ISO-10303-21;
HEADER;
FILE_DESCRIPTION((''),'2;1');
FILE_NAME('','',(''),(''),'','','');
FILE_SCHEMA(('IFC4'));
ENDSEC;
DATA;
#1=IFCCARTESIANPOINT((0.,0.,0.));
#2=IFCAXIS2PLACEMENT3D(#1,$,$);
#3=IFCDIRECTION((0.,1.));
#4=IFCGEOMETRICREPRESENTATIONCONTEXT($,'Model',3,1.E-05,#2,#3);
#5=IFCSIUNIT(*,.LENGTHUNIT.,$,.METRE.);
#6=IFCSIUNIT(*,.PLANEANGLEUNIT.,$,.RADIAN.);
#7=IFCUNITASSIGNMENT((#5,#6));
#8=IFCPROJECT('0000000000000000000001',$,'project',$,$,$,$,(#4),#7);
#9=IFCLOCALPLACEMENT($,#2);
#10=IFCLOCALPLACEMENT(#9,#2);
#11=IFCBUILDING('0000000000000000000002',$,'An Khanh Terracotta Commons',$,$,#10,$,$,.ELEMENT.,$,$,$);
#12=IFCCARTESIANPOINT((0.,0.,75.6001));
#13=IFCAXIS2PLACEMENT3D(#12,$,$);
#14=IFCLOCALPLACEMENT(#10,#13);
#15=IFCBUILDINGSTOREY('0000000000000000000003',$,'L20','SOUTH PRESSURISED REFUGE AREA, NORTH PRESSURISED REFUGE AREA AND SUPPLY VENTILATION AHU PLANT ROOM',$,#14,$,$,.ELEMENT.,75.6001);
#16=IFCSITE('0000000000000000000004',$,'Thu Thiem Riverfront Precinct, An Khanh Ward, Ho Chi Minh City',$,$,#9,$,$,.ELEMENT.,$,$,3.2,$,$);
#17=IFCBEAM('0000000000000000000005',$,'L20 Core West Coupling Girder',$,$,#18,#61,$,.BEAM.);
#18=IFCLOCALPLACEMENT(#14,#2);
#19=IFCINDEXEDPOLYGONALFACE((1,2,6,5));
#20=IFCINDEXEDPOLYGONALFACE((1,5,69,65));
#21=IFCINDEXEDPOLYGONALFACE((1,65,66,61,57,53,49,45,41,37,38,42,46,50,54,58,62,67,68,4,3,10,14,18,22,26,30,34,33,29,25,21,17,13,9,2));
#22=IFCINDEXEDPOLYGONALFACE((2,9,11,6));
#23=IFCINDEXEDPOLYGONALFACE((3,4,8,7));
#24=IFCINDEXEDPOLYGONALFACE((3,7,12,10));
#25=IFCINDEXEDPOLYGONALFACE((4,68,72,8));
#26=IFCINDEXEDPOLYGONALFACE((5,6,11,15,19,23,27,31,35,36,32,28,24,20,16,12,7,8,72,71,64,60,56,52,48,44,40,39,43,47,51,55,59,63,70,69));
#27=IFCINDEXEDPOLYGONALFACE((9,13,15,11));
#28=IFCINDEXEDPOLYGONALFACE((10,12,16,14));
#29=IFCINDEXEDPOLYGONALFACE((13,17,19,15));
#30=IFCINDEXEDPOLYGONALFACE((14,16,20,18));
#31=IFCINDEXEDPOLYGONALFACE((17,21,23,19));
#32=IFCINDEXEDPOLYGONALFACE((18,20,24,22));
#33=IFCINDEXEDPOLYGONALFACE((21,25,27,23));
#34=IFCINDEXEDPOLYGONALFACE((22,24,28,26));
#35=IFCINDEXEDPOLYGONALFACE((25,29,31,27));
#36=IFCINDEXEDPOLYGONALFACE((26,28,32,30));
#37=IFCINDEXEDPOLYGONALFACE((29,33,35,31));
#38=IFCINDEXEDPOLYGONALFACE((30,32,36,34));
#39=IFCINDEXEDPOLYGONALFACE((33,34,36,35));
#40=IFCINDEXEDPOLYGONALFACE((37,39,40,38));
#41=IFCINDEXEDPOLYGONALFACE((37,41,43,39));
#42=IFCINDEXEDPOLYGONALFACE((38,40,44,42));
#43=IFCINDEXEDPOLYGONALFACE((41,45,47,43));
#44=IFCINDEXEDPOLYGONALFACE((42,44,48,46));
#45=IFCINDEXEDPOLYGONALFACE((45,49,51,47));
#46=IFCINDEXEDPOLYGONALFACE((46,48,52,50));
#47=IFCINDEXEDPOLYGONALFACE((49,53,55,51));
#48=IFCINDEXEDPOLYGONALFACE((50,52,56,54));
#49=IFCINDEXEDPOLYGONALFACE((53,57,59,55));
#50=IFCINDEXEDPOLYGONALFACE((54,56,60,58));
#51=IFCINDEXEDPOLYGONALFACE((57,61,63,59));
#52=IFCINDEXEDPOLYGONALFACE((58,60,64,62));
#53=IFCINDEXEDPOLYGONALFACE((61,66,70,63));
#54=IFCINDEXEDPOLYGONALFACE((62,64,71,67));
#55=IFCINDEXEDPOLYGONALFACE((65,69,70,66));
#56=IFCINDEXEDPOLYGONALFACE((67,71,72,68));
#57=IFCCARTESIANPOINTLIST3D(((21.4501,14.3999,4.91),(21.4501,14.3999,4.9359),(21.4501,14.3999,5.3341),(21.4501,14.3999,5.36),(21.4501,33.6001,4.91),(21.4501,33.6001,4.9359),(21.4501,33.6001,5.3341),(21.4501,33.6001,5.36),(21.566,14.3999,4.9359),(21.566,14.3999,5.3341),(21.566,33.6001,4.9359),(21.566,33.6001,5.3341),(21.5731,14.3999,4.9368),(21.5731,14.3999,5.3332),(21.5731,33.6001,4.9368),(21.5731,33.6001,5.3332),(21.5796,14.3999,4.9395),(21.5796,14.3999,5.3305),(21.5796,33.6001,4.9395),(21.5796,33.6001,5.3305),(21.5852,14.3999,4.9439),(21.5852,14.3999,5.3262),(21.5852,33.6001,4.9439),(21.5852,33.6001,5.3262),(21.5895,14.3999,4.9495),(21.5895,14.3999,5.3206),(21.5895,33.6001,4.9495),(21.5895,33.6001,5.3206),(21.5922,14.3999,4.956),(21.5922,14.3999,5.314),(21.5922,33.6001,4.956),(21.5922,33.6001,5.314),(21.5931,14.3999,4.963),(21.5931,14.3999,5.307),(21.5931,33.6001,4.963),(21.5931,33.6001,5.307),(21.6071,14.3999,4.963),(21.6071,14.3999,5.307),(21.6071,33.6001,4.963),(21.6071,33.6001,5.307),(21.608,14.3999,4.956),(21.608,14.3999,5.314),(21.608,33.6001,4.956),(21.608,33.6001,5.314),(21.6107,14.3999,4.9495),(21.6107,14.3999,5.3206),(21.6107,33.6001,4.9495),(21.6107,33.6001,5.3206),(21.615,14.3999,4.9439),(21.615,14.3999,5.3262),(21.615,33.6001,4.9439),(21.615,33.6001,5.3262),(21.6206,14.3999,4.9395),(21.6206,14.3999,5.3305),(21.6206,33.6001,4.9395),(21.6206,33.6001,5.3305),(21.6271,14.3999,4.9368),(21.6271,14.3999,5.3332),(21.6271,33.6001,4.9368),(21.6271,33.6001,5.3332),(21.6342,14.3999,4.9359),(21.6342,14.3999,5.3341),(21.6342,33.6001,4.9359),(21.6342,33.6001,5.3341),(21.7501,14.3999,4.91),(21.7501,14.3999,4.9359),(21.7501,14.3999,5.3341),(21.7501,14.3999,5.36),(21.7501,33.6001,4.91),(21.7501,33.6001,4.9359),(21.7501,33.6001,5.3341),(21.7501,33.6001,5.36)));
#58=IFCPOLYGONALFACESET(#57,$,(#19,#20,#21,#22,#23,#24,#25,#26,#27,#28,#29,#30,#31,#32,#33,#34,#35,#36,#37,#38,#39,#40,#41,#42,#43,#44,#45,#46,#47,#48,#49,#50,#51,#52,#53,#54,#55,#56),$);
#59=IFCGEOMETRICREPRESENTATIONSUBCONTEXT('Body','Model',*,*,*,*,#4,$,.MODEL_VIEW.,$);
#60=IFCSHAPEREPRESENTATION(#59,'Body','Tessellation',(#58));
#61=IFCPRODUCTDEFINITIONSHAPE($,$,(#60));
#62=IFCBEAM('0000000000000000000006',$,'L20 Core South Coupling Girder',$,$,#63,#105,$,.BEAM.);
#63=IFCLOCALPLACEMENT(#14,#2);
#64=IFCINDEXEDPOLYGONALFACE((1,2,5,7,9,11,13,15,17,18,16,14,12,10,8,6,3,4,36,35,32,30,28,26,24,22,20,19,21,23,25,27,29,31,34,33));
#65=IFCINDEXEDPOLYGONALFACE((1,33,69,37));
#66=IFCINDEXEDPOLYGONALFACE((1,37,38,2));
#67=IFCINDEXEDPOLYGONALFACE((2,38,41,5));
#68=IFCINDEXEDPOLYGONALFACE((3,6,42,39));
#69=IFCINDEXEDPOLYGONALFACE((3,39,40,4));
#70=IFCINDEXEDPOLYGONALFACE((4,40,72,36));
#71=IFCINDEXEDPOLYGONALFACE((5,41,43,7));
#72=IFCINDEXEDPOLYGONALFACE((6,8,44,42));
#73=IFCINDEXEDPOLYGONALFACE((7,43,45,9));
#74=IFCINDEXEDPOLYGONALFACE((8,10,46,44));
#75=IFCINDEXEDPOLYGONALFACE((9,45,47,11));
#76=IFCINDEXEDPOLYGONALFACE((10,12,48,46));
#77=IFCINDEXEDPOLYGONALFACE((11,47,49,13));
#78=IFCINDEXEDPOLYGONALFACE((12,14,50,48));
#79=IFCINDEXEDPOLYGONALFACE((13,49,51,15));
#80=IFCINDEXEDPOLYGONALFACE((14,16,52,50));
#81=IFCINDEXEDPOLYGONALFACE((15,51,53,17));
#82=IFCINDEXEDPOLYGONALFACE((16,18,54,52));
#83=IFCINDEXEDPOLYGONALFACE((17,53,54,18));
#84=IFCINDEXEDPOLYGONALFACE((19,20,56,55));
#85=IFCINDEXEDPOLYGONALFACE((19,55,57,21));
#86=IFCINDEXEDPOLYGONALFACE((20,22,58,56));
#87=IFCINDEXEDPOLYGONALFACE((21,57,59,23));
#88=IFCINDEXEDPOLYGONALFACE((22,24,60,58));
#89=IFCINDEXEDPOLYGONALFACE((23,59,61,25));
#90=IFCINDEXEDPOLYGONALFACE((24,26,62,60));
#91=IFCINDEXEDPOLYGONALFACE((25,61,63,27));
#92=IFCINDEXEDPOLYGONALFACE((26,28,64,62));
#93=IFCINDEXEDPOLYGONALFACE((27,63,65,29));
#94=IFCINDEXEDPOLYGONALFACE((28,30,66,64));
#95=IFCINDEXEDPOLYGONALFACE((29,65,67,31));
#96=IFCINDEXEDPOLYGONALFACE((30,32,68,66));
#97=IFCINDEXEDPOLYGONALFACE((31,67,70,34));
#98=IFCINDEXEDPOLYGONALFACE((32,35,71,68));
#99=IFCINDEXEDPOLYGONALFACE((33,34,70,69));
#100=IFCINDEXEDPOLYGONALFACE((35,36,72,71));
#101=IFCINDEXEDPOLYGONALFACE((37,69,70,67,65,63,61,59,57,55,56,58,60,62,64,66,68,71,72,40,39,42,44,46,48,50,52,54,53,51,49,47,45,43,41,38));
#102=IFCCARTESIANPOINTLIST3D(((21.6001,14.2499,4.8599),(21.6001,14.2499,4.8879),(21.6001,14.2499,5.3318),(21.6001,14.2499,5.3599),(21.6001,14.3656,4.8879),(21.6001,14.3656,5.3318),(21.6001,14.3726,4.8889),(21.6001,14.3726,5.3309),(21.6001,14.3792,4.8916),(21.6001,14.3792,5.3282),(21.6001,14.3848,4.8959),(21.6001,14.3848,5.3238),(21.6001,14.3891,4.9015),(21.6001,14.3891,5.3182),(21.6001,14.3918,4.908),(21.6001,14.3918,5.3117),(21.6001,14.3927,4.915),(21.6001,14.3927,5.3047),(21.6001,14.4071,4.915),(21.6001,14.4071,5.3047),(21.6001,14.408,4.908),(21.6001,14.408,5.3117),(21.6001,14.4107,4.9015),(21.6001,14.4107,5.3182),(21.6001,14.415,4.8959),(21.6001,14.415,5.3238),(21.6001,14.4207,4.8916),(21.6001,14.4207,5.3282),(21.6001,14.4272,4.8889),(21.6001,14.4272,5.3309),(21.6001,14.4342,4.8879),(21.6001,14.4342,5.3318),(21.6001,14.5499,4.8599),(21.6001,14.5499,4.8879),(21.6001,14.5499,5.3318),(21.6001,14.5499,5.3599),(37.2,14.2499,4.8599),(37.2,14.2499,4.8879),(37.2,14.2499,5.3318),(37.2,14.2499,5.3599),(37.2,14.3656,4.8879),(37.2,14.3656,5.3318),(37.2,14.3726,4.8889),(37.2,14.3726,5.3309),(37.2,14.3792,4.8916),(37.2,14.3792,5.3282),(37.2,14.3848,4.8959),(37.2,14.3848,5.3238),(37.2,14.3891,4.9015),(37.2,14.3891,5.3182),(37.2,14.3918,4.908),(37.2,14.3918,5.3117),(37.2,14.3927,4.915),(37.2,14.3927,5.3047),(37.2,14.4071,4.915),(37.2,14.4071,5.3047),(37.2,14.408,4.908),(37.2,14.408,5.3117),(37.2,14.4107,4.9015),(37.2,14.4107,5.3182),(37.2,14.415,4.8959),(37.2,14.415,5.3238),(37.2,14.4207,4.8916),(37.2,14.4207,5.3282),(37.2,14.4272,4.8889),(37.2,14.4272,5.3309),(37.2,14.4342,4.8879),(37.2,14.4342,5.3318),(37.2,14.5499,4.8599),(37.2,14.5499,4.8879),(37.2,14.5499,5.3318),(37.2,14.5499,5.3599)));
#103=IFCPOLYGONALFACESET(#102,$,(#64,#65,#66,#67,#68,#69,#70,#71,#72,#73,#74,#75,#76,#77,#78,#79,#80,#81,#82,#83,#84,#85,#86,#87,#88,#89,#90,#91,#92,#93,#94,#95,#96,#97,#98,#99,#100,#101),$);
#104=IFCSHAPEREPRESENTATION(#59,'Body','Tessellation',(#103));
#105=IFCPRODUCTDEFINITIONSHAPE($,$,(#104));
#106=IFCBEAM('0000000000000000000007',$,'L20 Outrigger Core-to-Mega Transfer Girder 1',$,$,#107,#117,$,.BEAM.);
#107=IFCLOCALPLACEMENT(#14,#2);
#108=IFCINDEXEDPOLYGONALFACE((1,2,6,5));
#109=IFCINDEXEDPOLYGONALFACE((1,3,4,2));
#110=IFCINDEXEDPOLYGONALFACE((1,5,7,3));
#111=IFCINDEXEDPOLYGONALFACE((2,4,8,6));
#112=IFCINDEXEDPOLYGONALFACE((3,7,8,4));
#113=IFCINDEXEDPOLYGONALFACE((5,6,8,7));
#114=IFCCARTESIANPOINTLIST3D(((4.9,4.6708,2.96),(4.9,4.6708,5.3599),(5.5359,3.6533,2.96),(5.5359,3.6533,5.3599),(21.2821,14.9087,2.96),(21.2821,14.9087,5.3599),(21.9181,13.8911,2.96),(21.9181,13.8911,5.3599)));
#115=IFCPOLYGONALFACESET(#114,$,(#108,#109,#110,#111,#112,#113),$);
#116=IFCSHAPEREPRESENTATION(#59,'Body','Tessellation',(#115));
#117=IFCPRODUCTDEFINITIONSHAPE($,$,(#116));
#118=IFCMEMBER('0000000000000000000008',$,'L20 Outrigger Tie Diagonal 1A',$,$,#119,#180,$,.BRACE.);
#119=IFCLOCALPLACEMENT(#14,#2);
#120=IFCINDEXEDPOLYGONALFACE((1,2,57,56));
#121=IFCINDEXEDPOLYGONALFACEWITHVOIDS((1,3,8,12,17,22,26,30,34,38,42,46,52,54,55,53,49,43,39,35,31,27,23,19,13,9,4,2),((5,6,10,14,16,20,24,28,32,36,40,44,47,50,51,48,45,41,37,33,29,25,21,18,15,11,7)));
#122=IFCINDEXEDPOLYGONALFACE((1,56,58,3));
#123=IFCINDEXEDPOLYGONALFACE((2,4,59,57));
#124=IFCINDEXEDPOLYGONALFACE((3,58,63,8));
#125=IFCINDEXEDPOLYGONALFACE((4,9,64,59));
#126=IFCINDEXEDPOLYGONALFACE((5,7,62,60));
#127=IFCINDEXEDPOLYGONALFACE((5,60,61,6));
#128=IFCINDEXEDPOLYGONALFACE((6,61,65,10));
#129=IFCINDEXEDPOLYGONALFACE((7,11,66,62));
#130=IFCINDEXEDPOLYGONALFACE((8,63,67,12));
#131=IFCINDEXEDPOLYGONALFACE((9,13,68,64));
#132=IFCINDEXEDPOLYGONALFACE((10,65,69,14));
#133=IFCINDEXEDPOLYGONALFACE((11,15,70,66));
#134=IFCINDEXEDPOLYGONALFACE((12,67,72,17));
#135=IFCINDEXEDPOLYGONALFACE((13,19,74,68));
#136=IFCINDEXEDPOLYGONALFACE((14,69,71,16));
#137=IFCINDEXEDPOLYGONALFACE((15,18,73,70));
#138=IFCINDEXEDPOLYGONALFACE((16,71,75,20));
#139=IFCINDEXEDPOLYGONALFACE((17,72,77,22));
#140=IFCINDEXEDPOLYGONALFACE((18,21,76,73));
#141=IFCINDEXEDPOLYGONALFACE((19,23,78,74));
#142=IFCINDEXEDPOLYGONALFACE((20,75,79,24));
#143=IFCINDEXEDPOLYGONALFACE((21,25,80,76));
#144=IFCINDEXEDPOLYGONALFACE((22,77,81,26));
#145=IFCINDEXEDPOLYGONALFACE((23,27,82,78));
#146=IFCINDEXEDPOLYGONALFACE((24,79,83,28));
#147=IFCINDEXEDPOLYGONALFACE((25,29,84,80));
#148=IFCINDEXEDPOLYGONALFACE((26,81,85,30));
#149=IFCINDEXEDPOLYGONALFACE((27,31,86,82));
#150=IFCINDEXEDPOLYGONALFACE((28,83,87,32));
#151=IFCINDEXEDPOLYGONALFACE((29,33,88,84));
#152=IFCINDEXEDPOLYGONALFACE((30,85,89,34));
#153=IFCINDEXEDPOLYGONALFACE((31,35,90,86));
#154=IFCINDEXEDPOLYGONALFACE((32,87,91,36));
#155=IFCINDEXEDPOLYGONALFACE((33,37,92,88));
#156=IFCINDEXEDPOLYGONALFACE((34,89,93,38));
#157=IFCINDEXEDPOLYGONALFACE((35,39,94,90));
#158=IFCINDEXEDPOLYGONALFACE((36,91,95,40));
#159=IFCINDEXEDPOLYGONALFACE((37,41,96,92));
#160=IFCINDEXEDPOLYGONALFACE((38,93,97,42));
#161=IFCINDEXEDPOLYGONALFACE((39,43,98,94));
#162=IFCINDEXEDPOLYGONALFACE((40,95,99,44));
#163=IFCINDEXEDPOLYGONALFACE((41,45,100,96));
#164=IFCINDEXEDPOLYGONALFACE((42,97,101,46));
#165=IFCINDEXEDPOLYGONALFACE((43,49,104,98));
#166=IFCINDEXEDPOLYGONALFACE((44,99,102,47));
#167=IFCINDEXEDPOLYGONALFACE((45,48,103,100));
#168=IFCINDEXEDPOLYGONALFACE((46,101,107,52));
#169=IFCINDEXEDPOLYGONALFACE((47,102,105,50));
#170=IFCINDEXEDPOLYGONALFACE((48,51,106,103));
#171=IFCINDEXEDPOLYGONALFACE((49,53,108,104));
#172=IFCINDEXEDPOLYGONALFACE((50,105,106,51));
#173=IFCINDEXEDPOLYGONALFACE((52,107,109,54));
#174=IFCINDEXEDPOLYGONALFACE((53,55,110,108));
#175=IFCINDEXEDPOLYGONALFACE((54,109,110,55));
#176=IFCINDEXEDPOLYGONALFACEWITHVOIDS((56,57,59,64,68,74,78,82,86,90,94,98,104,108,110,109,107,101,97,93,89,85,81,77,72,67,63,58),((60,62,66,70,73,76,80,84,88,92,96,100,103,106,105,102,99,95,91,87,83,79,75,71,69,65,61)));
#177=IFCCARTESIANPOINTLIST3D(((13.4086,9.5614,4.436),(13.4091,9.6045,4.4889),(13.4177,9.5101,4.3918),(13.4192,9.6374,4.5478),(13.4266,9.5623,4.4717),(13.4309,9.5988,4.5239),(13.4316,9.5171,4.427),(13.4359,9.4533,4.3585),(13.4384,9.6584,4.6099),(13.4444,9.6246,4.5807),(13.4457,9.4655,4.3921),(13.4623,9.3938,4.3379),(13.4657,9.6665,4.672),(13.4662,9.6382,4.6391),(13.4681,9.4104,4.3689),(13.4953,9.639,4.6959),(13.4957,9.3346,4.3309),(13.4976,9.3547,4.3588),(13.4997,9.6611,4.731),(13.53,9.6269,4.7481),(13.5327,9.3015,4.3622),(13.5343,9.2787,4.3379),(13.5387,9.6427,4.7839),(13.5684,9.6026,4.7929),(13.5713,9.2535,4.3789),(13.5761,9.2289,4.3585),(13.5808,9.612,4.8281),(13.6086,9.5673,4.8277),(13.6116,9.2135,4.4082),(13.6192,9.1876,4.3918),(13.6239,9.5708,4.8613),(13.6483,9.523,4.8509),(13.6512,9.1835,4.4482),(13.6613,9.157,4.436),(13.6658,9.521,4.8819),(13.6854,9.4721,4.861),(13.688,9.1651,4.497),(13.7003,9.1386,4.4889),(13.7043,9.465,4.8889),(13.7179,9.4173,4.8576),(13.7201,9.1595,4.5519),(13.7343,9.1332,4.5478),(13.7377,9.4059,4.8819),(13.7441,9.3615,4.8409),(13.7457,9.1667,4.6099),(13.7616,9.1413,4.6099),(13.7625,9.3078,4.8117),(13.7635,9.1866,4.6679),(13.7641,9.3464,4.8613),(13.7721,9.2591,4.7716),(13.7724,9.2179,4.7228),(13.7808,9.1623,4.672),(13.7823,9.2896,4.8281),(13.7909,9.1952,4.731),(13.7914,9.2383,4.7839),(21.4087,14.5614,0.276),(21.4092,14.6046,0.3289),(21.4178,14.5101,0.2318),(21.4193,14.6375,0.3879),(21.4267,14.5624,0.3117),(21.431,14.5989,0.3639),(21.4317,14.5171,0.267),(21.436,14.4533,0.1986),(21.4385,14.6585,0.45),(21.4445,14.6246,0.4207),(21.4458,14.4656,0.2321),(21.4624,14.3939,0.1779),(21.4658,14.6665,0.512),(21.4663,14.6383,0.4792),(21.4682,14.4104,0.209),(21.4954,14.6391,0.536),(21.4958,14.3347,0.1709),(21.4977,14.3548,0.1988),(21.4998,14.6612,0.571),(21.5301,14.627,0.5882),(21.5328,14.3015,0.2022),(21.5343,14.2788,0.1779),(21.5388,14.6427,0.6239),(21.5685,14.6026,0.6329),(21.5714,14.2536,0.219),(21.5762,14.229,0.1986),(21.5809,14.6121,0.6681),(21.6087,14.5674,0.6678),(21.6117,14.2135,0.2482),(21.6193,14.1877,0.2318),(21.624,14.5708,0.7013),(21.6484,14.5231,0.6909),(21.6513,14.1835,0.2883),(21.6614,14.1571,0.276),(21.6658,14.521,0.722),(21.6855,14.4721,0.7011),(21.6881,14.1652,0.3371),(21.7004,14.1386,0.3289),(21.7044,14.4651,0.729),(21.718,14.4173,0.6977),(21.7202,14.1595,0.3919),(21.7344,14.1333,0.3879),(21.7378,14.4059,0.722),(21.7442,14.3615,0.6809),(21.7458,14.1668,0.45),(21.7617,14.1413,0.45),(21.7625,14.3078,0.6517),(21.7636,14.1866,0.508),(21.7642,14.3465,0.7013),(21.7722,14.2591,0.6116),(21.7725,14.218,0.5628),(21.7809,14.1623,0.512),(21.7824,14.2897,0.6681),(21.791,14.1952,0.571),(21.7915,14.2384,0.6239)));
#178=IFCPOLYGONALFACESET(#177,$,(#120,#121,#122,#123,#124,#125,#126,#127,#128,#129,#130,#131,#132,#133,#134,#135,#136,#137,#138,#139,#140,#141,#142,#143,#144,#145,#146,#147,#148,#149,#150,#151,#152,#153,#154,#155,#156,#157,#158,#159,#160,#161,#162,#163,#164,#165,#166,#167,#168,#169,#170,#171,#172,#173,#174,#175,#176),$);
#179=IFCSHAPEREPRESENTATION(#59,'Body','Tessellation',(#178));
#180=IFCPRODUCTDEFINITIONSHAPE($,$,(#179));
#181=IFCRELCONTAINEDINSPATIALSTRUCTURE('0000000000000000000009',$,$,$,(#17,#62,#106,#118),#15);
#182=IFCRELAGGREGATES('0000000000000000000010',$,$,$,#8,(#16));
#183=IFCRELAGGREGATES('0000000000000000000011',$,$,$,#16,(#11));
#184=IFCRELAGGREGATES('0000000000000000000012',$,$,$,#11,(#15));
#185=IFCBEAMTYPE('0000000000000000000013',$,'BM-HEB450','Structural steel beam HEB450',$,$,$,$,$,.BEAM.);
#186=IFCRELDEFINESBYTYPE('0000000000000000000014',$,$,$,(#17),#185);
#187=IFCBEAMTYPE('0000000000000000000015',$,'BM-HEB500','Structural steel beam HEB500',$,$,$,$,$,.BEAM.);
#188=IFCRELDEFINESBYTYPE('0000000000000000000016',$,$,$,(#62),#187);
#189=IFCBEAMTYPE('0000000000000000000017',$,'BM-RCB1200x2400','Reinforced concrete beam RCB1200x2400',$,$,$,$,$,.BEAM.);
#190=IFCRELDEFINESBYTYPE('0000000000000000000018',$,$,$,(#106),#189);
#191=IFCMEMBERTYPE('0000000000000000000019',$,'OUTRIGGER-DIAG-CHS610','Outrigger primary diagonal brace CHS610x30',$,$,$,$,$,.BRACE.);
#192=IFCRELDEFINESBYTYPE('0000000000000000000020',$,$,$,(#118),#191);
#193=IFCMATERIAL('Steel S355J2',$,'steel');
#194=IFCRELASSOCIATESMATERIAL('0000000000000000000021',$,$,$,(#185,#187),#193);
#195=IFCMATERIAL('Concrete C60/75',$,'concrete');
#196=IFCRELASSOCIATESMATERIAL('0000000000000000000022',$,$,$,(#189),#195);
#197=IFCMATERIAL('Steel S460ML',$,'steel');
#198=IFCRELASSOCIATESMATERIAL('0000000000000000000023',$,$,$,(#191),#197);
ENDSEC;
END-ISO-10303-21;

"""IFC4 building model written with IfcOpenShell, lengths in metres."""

from ifc_helpers import new_model, si_unit, direction, frame, origin, origin_2d, place, context, subcontext, project, spatial, rectangle, hollow_circle, i_section, extrude, material, material_profile, profile_set, type_object, element, save


model = new_model("IFC4")

# Units and contexts
model_context = context("Model", 3, precision=1e-05, world=origin(), true_north=direction((0.0, 1.0)))
body_context = subcontext(model_context, "Body", "Model", "MODEL_VIEW")
ifc_project = project(units=[si_unit("LENGTHUNIT", "METRE"), si_unit("PLANEANGLEUNIT", "RADIAN")], contexts=[model_context])

# Site, building, storey
site_placement = place(None, origin())
site = spatial("IfcSite", under=ifc_project, at=site_placement, Name="Thu Thiem Riverfront Precinct, An Khanh Ward, Ho Chi Minh City", CompositionType="ELEMENT", RefElevation=3.2)
building_placement = place(site_placement, origin())
building = spatial("IfcBuilding", under=site, at=building_placement, Name="An Khanh Terracotta Commons", CompositionType="ELEMENT")
storey_placement = place(building_placement, frame((0.0, 0.0, 75.6001)))
storey = spatial("IfcBuildingStorey", under=building, at=storey_placement, Name="L20", Description="SOUTH PRESSURISED REFUGE AREA, NORTH PRESSURISED REFUGE AREA AND SUPPLY VENTILATION AHU PLANT ROOM", CompositionType="ELEMENT", Elevation=75.6001)

# Shared definitions
ifc_material_1 = material(Name="Steel S460ML", Category="steel")

# Beams
ifc_material_2 = material(Name="Steel S355J2", Category="steel")
ifc_material_profile_1 = material_profile(ifc_material_2, i_section(OverallWidth=0.3, OverallDepth=0.45, WebThickness=0.0139, FlangeThickness=0.0259, FilletRadius=0.0271, at=origin_2d()), Name="HEB450")
ifc_profile_set_1 = profile_set([ifc_material_profile_1], Name="Steel S355J2")
beam_type_1 = type_object("IfcBeamType", Name="BM-HEB450", Description="Structural steel beam HEB450", PredefinedType="BEAM", material=ifc_profile_set_1)
beam_1_placement = place(storey_placement, frame((21.6001, 14.3999, 5.135), z_axis=(0.0, 1.0, 0.0), x_axis=(-1.0, 0.0, 0.0)))
element("IfcBeam", 1, at=beam_1_placement, inside=storey, type_object=beam_type_1, Name="L20 Core West Coupling Girder", PredefinedType="BEAM", context=body_context, shape_type="SweptSolid", body=[
    extrude(i_section(OverallWidth=0.3, OverallDepth=0.45, WebThickness=0.0139, FlangeThickness=0.0259, FilletRadius=0.0271, at=origin_2d()), origin(), (0.0, 0.0, 1.0), 19.2002),
])
ifc_material_profile_2 = material_profile(ifc_material_2, i_section(OverallWidth=0.3, OverallDepth=0.5, WebThickness=0.0144, FlangeThickness=0.0281, FilletRadius=0.0271, at=origin_2d()), Name="HEB500")
ifc_profile_set_2 = profile_set([ifc_material_profile_2], Name="Steel S355J2")
beam_type_2 = type_object("IfcBeamType", Name="BM-HEB500", Description="Structural steel beam HEB500", PredefinedType="BEAM", material=ifc_profile_set_2)
beam_2_placement = place(storey_placement, frame((21.6001, 14.3999, 5.1099), z_axis=(1.0, 0.0, 0.0), x_axis=(0.0, 1.0, 0.0)))
element("IfcBeam", 2, at=beam_2_placement, inside=storey, type_object=beam_type_2, Name="L20 Core South Coupling Girder", PredefinedType="BEAM", context=body_context, shape_type="SweptSolid", body=[
    extrude(i_section(OverallWidth=0.3, OverallDepth=0.5, WebThickness=0.0144, FlangeThickness=0.0281, FilletRadius=0.0271, at=origin_2d()), origin(), (0.0, 0.0, 1.0), 15.5999),
])
ifc_material_3 = material(Name="Concrete C60/75", Category="concrete")
ifc_material_profile_3 = material_profile(ifc_material_3, rectangle(XDim=1.2, YDim=2.3999, at=origin_2d()), Name="RCB1200x2400")
ifc_profile_set_3 = profile_set([ifc_material_profile_3], Name="Concrete C60/75")
beam_type_3 = type_object("IfcBeamType", Name="BM-RCB1200x2400", Description="Reinforced concrete beam RCB1200x2400", PredefinedType="BEAM", material=ifc_profile_set_3)
beam_3_placement = place(storey_placement, frame((21.6001, 14.3999, 4.1599), z_axis=(-0.848022, -0.529961, 0.0), x_axis=(0.529961, -0.848022, 0.0)))
element("IfcBeam", 3, at=beam_3_placement, inside=storey, type_object=beam_type_3, Name="L20 Outrigger Core-to-Mega Transfer Girder 1", PredefinedType="BEAM", context=body_context, shape_type="SweptSolid", body=[
    extrude(rectangle(XDim=1.2, YDim=2.3999, at=origin_2d()), origin(), (0.0, 0.0, 1.0), 19.3181),
])

# Member
ifc_material_profile_4 = material_profile(ifc_material_1, hollow_circle(Radius=0.3049, WallThickness=0.03, at=origin_2d()), Name="CHS610x30")
ifc_profile_set_4 = profile_set([ifc_material_profile_4], Name="Steel S460ML")
member_type_1 = type_object("IfcMemberType", Name="OUTRIGGER-DIAG-CHS610", Description="Outrigger primary diagonal brace CHS610x30", PredefinedType="BRACE", material=ifc_profile_set_4)
for number, where, z_axis, x_axis, name in (
    (4, (21.6001, 14.3999, 0.45), (-0.775914, -0.484946, 0.403467), (0.529999, -0.847998, 0.0), "L20 Outrigger Tie Diagonal 1A"),
):
    element("IfcMember", number, at=place(storey_placement, frame(where, z_axis=z_axis, x_axis=x_axis)), inside=storey, type_object=member_type_1, Name=name, PredefinedType="BRACE", context=body_context, shape_type="SweptSolid", body=[
        extrude(hollow_circle(Radius=0.3049, WallThickness=0.03, at=origin_2d()), origin(), (0.0, 0.0, 1.0), 10.3105),
    ])

save(model, "model.ifc")
